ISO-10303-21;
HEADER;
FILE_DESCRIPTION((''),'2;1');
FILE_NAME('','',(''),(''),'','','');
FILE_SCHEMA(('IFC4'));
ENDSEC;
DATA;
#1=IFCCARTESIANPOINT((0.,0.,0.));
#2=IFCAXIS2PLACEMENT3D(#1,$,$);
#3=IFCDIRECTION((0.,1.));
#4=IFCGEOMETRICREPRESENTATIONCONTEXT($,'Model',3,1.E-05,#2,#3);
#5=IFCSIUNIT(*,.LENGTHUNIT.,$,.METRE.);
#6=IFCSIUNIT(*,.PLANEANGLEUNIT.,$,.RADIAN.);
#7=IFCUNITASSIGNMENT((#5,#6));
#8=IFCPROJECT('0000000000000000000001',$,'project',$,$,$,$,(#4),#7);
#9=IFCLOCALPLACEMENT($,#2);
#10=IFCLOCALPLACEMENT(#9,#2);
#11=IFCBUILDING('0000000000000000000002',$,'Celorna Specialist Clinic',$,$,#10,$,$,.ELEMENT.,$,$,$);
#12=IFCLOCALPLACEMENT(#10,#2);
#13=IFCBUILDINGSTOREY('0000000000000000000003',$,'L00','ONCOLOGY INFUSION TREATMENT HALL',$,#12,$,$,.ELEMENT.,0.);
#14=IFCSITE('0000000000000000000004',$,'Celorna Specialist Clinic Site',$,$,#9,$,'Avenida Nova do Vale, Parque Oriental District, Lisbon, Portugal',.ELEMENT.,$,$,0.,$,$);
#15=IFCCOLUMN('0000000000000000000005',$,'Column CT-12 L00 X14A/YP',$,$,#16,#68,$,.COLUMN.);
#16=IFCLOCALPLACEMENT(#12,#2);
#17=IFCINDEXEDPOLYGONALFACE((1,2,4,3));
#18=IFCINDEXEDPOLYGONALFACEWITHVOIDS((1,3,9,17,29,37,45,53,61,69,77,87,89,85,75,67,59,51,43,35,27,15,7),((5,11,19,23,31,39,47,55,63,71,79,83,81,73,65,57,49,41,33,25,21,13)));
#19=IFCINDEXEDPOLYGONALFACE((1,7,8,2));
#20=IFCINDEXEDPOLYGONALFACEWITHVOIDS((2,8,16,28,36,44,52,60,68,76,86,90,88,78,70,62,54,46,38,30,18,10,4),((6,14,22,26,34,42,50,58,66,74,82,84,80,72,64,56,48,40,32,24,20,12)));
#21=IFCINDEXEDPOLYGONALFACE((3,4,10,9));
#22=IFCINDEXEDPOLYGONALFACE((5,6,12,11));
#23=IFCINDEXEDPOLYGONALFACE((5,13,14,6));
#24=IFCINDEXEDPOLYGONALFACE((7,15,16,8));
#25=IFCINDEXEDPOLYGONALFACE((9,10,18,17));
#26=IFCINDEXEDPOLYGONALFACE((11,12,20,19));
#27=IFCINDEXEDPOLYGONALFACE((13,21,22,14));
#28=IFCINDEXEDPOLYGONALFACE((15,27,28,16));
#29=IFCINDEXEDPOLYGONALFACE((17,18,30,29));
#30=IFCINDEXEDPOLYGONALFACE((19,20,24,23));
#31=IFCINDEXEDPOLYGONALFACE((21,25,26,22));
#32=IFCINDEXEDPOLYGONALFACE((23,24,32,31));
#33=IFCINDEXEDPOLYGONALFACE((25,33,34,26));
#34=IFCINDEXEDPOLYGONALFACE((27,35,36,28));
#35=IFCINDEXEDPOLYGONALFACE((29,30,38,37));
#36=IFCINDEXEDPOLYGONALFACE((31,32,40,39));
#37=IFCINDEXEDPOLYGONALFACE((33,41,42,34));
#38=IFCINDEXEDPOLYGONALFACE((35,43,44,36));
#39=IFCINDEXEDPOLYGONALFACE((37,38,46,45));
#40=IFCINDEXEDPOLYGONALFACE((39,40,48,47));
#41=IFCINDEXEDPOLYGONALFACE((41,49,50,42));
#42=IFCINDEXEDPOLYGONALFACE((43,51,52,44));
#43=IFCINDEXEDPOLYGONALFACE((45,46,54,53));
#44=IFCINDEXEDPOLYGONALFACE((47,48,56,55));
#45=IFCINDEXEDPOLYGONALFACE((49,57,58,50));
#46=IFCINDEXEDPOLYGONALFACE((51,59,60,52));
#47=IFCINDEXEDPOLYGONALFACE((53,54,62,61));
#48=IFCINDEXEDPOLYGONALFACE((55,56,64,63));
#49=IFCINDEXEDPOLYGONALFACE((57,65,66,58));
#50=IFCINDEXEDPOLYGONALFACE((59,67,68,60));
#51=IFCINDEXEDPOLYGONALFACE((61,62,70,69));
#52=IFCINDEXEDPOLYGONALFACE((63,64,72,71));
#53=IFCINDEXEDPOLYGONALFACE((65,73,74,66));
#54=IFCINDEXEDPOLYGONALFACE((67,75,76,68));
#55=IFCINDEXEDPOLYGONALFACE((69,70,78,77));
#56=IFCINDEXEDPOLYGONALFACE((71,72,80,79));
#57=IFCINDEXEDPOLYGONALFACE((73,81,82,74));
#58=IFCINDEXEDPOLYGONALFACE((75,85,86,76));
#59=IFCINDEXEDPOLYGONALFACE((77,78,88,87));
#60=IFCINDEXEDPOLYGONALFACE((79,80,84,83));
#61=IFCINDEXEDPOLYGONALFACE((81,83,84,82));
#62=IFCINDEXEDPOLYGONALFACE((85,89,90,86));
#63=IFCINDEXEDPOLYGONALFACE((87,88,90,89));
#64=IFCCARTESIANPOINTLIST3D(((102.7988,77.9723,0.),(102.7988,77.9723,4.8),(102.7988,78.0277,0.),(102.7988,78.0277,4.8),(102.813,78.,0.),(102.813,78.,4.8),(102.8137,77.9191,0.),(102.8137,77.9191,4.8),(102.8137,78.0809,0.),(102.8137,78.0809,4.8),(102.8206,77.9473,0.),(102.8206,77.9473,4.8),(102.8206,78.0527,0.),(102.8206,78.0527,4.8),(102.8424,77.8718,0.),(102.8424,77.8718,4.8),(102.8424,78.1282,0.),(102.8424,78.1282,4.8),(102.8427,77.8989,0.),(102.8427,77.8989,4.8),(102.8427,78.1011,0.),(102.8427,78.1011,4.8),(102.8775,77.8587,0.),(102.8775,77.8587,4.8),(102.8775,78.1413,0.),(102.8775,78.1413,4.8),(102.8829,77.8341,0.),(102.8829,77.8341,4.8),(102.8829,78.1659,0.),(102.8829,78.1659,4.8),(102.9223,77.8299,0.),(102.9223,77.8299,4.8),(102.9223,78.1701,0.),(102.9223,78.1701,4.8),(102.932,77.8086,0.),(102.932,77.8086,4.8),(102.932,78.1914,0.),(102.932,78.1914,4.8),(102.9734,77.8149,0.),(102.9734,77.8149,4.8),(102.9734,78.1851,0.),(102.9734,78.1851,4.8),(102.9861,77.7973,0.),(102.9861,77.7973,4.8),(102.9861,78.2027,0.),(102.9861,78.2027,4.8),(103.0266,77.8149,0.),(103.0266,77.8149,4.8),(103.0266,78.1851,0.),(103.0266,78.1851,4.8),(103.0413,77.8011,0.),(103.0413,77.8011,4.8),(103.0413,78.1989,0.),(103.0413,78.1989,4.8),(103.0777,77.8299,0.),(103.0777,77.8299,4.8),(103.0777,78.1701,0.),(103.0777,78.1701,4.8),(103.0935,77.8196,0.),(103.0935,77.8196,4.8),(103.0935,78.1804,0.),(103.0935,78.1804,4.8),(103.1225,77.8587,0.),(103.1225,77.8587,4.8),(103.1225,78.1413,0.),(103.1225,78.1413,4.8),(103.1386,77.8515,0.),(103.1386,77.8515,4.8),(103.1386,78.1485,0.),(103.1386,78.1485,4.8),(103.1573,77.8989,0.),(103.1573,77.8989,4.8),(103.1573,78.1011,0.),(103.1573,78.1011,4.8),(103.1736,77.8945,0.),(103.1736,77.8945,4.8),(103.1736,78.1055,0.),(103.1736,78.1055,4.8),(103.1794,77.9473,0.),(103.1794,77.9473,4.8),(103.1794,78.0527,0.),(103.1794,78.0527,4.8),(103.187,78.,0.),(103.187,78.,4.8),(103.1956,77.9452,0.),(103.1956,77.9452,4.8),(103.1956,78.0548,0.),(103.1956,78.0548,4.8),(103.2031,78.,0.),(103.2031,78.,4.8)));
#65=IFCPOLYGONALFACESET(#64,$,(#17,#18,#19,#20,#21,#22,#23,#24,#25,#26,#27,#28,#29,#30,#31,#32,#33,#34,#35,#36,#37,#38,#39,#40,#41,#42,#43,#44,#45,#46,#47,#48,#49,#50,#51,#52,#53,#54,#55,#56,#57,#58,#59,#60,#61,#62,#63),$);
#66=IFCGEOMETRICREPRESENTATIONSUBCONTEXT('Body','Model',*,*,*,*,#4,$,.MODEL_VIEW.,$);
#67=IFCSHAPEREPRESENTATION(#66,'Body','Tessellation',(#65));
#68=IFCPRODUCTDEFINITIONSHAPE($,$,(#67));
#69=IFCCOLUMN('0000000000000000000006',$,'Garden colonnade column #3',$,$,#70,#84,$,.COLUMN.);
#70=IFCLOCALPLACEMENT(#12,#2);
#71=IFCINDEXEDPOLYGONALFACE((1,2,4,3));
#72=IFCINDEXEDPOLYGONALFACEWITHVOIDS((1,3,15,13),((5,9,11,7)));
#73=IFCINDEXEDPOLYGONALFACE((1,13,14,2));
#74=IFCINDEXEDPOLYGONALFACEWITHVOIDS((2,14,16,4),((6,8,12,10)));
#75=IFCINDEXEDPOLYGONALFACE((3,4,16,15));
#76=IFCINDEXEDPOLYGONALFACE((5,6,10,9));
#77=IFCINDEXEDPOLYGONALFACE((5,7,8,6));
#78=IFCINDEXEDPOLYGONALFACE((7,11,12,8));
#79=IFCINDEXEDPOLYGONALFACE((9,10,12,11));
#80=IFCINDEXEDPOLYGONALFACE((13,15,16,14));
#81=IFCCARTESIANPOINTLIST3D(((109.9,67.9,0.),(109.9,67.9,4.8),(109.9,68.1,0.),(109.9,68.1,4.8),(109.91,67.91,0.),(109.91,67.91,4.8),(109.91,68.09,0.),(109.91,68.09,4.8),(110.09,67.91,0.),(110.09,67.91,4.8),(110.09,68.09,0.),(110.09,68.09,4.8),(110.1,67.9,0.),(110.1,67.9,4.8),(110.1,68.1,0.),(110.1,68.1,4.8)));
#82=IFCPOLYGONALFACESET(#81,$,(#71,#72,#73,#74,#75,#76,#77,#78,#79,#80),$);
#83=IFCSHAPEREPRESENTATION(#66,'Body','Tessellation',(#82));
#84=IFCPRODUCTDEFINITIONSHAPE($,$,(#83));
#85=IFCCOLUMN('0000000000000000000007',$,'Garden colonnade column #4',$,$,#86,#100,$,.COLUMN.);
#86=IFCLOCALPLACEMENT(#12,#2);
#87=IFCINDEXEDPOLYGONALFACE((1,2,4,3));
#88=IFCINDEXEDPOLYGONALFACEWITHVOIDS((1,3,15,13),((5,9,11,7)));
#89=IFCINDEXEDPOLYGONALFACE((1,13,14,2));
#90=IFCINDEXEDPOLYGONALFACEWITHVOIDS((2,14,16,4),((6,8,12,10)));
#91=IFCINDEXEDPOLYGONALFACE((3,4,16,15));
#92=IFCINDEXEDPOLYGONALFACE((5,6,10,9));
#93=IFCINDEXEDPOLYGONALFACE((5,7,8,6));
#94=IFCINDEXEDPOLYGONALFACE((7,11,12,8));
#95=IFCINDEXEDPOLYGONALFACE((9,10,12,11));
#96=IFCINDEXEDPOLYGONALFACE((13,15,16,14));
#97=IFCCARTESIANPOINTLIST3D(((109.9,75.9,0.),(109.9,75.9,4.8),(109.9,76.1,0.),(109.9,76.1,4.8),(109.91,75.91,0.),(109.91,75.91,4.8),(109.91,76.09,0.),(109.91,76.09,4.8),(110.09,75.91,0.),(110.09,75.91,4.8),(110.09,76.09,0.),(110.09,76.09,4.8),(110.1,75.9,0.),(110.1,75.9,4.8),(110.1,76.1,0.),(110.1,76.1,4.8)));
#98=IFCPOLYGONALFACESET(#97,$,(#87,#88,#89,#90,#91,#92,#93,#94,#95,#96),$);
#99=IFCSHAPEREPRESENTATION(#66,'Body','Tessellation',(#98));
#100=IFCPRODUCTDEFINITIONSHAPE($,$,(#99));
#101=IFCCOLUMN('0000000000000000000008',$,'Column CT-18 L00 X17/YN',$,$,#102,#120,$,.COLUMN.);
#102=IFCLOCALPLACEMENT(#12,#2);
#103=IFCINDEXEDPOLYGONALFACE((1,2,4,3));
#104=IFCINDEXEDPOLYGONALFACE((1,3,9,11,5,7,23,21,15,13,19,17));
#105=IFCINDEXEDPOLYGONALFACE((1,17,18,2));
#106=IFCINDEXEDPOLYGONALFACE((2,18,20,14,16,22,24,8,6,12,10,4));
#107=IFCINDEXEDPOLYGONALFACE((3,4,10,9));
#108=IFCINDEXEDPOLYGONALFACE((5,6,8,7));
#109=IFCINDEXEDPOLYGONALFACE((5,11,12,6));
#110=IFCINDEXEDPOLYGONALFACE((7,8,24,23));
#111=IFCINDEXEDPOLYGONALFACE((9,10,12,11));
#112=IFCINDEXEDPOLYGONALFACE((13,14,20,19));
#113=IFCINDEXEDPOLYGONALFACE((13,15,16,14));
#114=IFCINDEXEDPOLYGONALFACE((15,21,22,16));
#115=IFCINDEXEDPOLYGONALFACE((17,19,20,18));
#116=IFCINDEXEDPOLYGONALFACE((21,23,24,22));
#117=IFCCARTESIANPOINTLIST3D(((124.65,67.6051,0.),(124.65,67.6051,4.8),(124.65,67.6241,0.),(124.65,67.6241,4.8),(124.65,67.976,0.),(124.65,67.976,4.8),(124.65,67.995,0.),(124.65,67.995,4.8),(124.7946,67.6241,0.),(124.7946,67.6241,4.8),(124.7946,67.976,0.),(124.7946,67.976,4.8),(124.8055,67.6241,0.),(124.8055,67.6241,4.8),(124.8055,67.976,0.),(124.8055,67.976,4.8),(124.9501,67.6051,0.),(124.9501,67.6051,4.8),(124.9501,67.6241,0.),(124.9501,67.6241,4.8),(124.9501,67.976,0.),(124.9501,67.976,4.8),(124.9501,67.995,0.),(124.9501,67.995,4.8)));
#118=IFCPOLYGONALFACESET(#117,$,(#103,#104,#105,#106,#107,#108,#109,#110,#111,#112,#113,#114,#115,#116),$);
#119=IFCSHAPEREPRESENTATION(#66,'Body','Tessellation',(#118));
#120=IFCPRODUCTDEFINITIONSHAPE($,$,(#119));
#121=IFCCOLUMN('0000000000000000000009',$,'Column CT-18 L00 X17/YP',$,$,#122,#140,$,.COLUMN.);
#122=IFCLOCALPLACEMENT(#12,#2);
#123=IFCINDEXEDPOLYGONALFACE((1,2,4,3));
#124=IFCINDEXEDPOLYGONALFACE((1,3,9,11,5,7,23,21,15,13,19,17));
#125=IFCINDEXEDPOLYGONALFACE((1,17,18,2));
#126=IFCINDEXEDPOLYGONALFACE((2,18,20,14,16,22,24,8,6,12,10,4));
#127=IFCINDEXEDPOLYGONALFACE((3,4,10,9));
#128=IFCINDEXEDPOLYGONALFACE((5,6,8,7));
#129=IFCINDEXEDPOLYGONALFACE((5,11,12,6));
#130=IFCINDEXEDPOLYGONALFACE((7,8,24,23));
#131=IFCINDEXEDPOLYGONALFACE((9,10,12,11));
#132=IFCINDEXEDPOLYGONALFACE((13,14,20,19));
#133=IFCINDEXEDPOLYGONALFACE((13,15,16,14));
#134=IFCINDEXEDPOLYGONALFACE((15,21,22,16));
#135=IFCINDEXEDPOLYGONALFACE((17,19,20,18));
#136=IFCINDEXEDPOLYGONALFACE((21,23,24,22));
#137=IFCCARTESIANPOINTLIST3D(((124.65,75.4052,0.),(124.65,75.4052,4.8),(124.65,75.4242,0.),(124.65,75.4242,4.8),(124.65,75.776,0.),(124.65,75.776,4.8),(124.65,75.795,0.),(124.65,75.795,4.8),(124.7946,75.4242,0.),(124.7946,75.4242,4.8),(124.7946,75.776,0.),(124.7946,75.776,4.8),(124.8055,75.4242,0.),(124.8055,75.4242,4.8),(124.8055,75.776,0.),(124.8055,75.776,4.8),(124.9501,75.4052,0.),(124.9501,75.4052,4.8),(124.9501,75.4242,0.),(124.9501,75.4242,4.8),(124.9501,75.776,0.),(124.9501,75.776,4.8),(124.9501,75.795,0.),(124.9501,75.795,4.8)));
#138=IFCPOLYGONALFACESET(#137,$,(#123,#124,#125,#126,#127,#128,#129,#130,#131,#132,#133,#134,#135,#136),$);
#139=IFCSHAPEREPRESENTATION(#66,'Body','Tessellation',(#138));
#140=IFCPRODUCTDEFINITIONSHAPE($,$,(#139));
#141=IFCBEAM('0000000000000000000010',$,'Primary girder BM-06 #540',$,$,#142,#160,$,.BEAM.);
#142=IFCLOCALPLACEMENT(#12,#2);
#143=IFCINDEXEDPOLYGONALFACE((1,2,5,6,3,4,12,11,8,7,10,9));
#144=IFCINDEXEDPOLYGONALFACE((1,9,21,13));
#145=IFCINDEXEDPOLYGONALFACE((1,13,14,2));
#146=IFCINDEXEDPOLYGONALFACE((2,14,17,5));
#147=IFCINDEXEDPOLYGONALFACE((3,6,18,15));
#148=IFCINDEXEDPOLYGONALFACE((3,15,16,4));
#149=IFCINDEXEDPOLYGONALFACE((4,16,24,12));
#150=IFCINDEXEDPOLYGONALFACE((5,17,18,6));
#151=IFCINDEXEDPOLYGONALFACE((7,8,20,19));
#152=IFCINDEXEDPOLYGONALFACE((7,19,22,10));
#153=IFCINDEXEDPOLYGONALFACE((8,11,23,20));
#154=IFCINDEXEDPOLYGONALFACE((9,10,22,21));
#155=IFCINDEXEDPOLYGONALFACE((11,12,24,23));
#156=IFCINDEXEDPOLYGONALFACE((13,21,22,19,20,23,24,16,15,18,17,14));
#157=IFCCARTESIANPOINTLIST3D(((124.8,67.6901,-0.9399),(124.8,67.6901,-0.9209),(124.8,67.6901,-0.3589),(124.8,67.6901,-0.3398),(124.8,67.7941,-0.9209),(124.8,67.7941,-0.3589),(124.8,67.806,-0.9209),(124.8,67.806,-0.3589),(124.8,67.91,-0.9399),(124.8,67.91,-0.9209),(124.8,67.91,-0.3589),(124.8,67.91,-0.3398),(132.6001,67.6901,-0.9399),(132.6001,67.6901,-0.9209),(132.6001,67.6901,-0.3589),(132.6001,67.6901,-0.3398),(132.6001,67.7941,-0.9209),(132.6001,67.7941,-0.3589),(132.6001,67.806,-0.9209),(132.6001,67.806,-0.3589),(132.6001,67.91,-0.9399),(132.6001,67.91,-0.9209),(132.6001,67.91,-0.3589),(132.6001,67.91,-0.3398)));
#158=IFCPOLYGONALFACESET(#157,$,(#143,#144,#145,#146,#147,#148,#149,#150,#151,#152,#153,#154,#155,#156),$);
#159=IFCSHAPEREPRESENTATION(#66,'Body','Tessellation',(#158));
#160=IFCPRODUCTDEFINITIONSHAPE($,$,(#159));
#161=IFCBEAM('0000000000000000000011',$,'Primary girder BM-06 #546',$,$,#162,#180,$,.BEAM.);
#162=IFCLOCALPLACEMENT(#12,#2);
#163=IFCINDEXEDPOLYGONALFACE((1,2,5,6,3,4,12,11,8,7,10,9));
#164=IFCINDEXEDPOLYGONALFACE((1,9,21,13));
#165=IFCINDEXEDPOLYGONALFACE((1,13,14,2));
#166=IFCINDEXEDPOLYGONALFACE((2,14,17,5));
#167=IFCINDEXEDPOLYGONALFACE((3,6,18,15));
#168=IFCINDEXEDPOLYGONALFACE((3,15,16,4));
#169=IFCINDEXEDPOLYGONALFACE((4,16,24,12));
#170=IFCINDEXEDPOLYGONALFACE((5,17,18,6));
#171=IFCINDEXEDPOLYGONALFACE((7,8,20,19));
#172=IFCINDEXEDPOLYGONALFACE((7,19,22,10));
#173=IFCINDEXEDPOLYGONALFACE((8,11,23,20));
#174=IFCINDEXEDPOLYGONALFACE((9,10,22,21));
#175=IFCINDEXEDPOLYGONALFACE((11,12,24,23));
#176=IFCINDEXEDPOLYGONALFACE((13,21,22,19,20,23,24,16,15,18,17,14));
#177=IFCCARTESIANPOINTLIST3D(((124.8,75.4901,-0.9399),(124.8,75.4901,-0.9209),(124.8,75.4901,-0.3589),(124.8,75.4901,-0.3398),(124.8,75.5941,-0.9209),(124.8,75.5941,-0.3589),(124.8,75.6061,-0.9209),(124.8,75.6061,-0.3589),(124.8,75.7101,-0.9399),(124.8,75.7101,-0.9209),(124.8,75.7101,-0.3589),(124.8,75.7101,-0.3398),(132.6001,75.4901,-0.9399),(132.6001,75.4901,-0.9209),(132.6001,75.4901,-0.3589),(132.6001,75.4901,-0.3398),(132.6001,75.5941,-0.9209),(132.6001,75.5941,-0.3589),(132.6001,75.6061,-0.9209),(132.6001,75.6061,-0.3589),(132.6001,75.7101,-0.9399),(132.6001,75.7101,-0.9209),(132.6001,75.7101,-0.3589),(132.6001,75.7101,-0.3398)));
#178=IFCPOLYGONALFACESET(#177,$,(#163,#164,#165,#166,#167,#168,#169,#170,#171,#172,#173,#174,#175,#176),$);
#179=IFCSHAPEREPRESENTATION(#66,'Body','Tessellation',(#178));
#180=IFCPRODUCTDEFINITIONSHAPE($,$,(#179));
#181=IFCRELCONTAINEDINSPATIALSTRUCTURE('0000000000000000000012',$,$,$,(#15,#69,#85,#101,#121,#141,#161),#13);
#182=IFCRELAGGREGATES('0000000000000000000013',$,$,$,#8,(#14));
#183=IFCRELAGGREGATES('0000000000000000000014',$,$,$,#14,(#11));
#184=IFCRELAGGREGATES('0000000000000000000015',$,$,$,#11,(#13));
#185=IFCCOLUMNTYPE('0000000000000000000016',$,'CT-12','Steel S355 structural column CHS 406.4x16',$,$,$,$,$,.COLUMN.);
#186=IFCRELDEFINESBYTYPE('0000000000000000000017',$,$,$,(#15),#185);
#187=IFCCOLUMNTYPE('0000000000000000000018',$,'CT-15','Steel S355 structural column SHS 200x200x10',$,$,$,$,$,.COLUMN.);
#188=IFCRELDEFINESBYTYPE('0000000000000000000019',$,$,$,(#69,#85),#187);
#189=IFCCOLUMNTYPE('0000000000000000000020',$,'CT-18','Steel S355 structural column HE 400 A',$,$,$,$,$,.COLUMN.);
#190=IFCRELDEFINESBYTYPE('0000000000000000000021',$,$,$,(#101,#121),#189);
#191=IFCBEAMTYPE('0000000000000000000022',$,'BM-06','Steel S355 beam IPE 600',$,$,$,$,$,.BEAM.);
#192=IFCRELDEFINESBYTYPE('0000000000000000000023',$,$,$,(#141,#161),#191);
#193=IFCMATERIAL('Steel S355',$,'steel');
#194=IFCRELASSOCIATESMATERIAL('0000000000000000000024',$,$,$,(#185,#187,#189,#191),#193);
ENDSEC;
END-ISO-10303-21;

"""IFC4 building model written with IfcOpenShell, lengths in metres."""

from ifc_helpers import new_model, si_unit, direction, frame, origin, origin_2d, place, context, subcontext, project, spatial, hollow_rectangle, hollow_circle, i_section, extrude, material, material_profile, profile_set, type_object, element, save


model = new_model("IFC4")

# Units and contexts
model_context = context("Model", 3, precision=1e-05, world=origin(), true_north=direction((0.0, 1.0)))
body_context = subcontext(model_context, "Body", "Model", "MODEL_VIEW")
ifc_project = project(units=[si_unit("LENGTHUNIT", "METRE"), si_unit("PLANEANGLEUNIT", "RADIAN")], contexts=[model_context])

# Site, building, storey
site_placement = place(None, origin())
site = spatial("IfcSite", under=ifc_project, at=site_placement, Name="Celorna Specialist Clinic Site", LongName="Avenida Nova do Vale, Parque Oriental District, Lisbon, Portugal", CompositionType="ELEMENT", RefElevation=0.0)
building_placement = place(site_placement, origin())
building = spatial("IfcBuilding", under=site, at=building_placement, Name="Celorna Specialist Clinic", CompositionType="ELEMENT")
storey_placement = place(building_placement, origin())
storey = spatial("IfcBuildingStorey", under=building, at=storey_placement, Name="L00", Description="ONCOLOGY INFUSION TREATMENT HALL", CompositionType="ELEMENT", Elevation=0.0)

# Columns
ifc_material_1 = material(Name="Steel S355", Category="steel")
ifc_material_profile_1 = material_profile(ifc_material_1, hollow_circle(Radius=0.2031, WallThickness=0.0161, at=origin_2d()), Name="CHS 406.4x16")
ifc_profile_set_1 = profile_set([ifc_material_profile_1], Name="Steel S355")
column_type_1 = type_object("IfcColumnType", Name="CT-12", Description="Steel S355 structural column CHS 406.4x16", PredefinedType="COLUMN", material=ifc_profile_set_1)
column_placement = place(storey_placement, frame((103.0, 78.0, 0.0), z_axis=(0.0, 0.0, 1.0), x_axis=(1.0, 0.0, 0.0)))
element("IfcColumn", 1, at=column_placement, inside=storey, type_object=column_type_1, Name="Column CT-12 L00 X14A/YP", PredefinedType="COLUMN", context=body_context, shape_type="SweptSolid", body=[
    extrude(hollow_circle(Radius=0.2031, WallThickness=0.0161, at=origin_2d()), origin(), (0.0, 0.0, 1.0), 4.8),
])
ifc_material_profile_2 = material_profile(ifc_material_1, hollow_rectangle(XDim=0.2, YDim=0.2, WallThickness=0.01, at=origin_2d()), Name="SHS 200x200x10")
ifc_profile_set_2 = profile_set([ifc_material_profile_2], Name="Steel S355")
column_type_2 = type_object("IfcColumnType", Name="CT-15", Description="Steel S355 structural column SHS 200x200x10", PredefinedType="COLUMN", material=ifc_profile_set_2)
for number, where, z_axis, x_axis, name in (
    (2, (110.0, 68.0, 0.0), (0.0, 0.0, 1.0), (1.0, 0.0, 0.0), "Garden colonnade column #3"),
    (3, (110.0, 76.0, 0.0), (0.0, 0.0, 1.0), (1.0, 0.0, 0.0), "Garden colonnade column #4"),
):
    element("IfcColumn", number, at=place(storey_placement, frame(where, z_axis=z_axis, x_axis=x_axis)), inside=storey, type_object=column_type_2, Name=name, PredefinedType="COLUMN", context=body_context, shape_type="SweptSolid", body=[
        extrude(hollow_rectangle(XDim=0.2, YDim=0.2, WallThickness=0.01, at=origin_2d()), origin(), (0.0, 0.0, 1.0), 4.8),
    ])
ifc_material_profile_3 = material_profile(ifc_material_1, i_section(OverallWidth=0.3, OverallDepth=0.3899, WebThickness=0.011, FlangeThickness=0.019, at=origin_2d()), Name="HE 400 A")
ifc_profile_set_3 = profile_set([ifc_material_profile_3], Name="Steel S355")
column_type_3 = type_object("IfcColumnType", Name="CT-18", Description="Steel S355 structural column HE 400 A", PredefinedType="COLUMN", material=ifc_profile_set_3)
for number, where, z_axis, x_axis, name in (
    (4, (124.8, 67.8, 0.0), (0.0, 0.0, 1.0), (1.0, 0.0, 0.0), "Column CT-18 L00 X17/YN"),
    (5, (124.8, 75.6001, 0.0), (0.0, 0.0, 1.0), (1.0, 0.0, 0.0), "Column CT-18 L00 X17/YP"),
):
    element("IfcColumn", number, at=place(storey_placement, frame(where, z_axis=z_axis, x_axis=x_axis)), inside=storey, type_object=column_type_3, Name=name, PredefinedType="COLUMN", context=body_context, shape_type="SweptSolid", body=[
        extrude(i_section(OverallWidth=0.3, OverallDepth=0.3899, WebThickness=0.011, FlangeThickness=0.019, at=origin_2d()), origin(), (0.0, 0.0, 1.0), 4.8),
    ])

# Beams
ifc_material_profile_4 = material_profile(ifc_material_1, i_section(OverallWidth=0.22, OverallDepth=0.6001, WebThickness=0.012, FlangeThickness=0.019, at=origin_2d()), Name="IPE 600")
ifc_profile_set_4 = profile_set([ifc_material_profile_4], Name="Steel S355")
beam_type_1 = type_object("IfcBeamType", Name="BM-06", Description="Steel S355 beam IPE 600", PredefinedType="BEAM", material=ifc_profile_set_4)
for number, where, z_axis, x_axis, name in (
    (6, (124.8, 67.8, -0.6399), (1.0, 0.0, 0.0), (0.0, 1.0, 0.0), "Primary girder BM-06 #540"),
    (7, (124.8, 75.6001, -0.6399), (1.0, 0.0, 0.0), (0.0, 1.0, 0.0), "Primary girder BM-06 #546"),
):
    element("IfcBeam", number, at=place(storey_placement, frame(where, z_axis=z_axis, x_axis=x_axis)), inside=storey, type_object=beam_type_1, Name=name, PredefinedType="BEAM", context=body_context, shape_type="SweptSolid", body=[
        extrude(i_section(OverallWidth=0.22, OverallDepth=0.6001, WebThickness=0.012, FlangeThickness=0.019, at=origin_2d()), origin(), (0.0, 0.0, 1.0), 7.8),
    ])

save(model, "model.ifc")
